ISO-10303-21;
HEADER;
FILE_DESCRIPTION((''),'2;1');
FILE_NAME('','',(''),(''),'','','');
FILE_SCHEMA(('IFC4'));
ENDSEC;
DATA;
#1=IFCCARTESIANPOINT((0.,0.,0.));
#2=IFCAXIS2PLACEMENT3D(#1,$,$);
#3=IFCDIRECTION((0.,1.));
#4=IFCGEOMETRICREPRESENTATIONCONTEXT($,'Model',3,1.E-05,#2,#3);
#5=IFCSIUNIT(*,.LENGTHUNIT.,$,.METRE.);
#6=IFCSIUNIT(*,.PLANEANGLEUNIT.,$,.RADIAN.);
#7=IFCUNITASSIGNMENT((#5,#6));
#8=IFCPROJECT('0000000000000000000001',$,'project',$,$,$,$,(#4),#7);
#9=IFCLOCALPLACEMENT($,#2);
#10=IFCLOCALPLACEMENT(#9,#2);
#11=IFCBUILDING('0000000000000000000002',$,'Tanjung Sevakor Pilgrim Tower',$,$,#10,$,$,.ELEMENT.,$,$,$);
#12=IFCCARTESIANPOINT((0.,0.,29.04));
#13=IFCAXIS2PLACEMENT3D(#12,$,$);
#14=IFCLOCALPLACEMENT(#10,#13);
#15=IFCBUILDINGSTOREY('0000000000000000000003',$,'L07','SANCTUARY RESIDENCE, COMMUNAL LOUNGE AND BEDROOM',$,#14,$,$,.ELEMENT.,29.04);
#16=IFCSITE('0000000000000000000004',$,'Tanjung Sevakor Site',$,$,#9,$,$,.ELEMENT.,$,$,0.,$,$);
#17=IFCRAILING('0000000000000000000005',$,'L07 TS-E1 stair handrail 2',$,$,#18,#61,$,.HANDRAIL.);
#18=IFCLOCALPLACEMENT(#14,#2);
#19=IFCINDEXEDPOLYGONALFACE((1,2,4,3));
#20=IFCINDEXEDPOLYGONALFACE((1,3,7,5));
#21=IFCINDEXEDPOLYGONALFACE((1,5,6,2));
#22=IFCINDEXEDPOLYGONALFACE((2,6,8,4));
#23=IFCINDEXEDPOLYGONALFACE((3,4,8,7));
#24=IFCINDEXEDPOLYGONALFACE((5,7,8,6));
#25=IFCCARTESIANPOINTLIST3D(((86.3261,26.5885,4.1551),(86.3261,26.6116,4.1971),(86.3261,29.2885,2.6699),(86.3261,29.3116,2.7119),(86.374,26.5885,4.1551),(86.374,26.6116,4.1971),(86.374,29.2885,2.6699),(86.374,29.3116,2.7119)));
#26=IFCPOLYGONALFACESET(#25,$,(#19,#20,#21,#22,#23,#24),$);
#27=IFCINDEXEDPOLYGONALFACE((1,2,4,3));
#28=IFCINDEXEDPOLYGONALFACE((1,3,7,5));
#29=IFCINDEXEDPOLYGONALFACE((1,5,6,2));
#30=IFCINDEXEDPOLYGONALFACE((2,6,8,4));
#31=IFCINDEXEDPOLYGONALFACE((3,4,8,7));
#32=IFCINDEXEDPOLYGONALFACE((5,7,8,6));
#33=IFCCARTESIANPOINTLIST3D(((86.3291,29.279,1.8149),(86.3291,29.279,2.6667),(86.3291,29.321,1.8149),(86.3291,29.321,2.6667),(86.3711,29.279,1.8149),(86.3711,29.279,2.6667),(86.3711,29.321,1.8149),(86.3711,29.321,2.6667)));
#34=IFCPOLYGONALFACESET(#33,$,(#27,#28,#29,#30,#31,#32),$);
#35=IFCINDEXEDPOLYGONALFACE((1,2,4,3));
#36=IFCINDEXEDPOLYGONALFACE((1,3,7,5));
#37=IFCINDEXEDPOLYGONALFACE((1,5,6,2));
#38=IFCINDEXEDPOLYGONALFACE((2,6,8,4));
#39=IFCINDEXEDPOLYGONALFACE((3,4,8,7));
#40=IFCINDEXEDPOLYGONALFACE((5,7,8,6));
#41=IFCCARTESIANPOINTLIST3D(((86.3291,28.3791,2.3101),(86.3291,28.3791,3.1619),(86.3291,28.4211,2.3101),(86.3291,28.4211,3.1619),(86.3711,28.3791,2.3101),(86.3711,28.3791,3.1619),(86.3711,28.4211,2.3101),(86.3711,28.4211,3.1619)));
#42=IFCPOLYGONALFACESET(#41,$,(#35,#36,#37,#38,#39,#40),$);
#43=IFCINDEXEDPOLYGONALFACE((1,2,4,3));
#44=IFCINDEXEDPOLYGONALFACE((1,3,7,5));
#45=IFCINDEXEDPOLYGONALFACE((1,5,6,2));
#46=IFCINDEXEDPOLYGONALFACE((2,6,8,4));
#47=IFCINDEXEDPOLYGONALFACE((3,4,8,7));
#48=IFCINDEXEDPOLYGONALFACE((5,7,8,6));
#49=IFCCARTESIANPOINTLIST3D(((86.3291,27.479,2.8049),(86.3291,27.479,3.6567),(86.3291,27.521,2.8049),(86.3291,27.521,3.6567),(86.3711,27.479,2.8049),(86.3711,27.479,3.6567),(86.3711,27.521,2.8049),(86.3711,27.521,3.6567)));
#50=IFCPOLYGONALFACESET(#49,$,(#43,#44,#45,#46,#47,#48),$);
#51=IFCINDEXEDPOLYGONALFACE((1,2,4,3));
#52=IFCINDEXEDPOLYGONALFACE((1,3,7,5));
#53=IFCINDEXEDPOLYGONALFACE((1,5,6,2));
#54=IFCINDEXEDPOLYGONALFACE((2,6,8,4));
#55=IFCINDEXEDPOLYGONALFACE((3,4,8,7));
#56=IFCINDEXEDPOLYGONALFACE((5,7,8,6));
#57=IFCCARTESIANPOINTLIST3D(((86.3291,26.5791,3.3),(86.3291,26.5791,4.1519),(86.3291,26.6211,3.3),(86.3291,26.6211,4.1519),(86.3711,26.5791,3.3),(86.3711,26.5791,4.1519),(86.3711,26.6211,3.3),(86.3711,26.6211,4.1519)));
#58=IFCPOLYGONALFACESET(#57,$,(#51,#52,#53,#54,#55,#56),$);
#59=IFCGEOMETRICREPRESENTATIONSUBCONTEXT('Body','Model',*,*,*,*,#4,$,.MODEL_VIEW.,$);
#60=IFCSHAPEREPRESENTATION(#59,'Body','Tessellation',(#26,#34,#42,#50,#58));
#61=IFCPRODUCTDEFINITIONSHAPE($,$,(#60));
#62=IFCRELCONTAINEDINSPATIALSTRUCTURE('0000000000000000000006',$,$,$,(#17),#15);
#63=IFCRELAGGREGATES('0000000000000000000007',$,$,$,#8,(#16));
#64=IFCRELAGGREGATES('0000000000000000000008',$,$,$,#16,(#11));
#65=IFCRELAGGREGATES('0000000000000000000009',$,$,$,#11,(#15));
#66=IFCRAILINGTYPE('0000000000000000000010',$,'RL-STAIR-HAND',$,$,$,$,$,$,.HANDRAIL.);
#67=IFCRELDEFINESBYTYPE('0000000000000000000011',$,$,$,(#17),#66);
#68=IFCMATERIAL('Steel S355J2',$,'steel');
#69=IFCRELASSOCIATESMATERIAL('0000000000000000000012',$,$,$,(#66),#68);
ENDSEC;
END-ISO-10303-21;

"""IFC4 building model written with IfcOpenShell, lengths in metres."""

from ifc_helpers import new_model, si_unit, direction, frame, origin, place, context, subcontext, project, spatial, rectangle, extrude, material, type_object, element, save


model = new_model("IFC4")

# Units and contexts
model_context = context("Model", 3, precision=1e-05, world=origin(), true_north=direction((0.0, 1.0)))
body_context = subcontext(model_context, "Body", "Model", "MODEL_VIEW")
ifc_project = project(units=[si_unit("LENGTHUNIT", "METRE"), si_unit("PLANEANGLEUNIT", "RADIAN")], contexts=[model_context])

# Site, building, storey
site_placement = place(None, origin())
site = spatial("IfcSite", under=ifc_project, at=site_placement, Name="Tanjung Sevakor Site", CompositionType="ELEMENT", RefElevation=0.0)
building_placement = place(site_placement, origin())
building = spatial("IfcBuilding", under=site, at=building_placement, Name="Tanjung Sevakor Pilgrim Tower", CompositionType="ELEMENT")
storey_placement = place(building_placement, frame((0.0, 0.0, 29.04)))
storey = spatial("IfcBuildingStorey", under=building, at=storey_placement, Name="L07", Description="SANCTUARY RESIDENCE, COMMUNAL LOUNGE AND BEDROOM", CompositionType="ELEMENT", Elevation=29.04)

# Railing
ifc_material_1 = material(Name="Steel S355J2", Category="steel")
railing_type_1 = type_object("IfcRailingType", Name="RL-STAIR-HAND", PredefinedType="HANDRAIL", material=ifc_material_1)
railing_1_placement = place(storey_placement, frame((86.3501, 29.3, 1.8149)))
element("IfcRailing", 1, at=railing_1_placement, inside=storey, type_object=railing_type_1, Name="L07 TS-E1 stair handrail 2", PredefinedType="HANDRAIL", context=body_context, shape_type="SweptSolid", body=[
    extrude(rectangle(XDim=0.0479, YDim=0.0479), frame((0.0, 0.0, 0.876), z_axis=(0.0, -0.876198, 0.481952), x_axis=(1.0, 0.0, 0.0)), (0.0, 0.0, 1.0), 3.0815),
    extrude(rectangle(XDim=0.042, YDim=0.042), origin(), (0.0, 0.0, 1.0), 0.8518),
    extrude(rectangle(XDim=0.042, YDim=0.042), frame((0.0, -0.8999, 0.4951)), (0.0, 0.0, 1.0), 0.8518),
    extrude(rectangle(XDim=0.042, YDim=0.042), frame((0.0, -1.8, 0.99)), (0.0, 0.0, 1.0), 0.8518),
    extrude(rectangle(XDim=0.042, YDim=0.042), frame((0.0, -2.7, 1.4851)), (0.0, 0.0, 1.0), 0.8518),
])

save(model, "model.ifc")
